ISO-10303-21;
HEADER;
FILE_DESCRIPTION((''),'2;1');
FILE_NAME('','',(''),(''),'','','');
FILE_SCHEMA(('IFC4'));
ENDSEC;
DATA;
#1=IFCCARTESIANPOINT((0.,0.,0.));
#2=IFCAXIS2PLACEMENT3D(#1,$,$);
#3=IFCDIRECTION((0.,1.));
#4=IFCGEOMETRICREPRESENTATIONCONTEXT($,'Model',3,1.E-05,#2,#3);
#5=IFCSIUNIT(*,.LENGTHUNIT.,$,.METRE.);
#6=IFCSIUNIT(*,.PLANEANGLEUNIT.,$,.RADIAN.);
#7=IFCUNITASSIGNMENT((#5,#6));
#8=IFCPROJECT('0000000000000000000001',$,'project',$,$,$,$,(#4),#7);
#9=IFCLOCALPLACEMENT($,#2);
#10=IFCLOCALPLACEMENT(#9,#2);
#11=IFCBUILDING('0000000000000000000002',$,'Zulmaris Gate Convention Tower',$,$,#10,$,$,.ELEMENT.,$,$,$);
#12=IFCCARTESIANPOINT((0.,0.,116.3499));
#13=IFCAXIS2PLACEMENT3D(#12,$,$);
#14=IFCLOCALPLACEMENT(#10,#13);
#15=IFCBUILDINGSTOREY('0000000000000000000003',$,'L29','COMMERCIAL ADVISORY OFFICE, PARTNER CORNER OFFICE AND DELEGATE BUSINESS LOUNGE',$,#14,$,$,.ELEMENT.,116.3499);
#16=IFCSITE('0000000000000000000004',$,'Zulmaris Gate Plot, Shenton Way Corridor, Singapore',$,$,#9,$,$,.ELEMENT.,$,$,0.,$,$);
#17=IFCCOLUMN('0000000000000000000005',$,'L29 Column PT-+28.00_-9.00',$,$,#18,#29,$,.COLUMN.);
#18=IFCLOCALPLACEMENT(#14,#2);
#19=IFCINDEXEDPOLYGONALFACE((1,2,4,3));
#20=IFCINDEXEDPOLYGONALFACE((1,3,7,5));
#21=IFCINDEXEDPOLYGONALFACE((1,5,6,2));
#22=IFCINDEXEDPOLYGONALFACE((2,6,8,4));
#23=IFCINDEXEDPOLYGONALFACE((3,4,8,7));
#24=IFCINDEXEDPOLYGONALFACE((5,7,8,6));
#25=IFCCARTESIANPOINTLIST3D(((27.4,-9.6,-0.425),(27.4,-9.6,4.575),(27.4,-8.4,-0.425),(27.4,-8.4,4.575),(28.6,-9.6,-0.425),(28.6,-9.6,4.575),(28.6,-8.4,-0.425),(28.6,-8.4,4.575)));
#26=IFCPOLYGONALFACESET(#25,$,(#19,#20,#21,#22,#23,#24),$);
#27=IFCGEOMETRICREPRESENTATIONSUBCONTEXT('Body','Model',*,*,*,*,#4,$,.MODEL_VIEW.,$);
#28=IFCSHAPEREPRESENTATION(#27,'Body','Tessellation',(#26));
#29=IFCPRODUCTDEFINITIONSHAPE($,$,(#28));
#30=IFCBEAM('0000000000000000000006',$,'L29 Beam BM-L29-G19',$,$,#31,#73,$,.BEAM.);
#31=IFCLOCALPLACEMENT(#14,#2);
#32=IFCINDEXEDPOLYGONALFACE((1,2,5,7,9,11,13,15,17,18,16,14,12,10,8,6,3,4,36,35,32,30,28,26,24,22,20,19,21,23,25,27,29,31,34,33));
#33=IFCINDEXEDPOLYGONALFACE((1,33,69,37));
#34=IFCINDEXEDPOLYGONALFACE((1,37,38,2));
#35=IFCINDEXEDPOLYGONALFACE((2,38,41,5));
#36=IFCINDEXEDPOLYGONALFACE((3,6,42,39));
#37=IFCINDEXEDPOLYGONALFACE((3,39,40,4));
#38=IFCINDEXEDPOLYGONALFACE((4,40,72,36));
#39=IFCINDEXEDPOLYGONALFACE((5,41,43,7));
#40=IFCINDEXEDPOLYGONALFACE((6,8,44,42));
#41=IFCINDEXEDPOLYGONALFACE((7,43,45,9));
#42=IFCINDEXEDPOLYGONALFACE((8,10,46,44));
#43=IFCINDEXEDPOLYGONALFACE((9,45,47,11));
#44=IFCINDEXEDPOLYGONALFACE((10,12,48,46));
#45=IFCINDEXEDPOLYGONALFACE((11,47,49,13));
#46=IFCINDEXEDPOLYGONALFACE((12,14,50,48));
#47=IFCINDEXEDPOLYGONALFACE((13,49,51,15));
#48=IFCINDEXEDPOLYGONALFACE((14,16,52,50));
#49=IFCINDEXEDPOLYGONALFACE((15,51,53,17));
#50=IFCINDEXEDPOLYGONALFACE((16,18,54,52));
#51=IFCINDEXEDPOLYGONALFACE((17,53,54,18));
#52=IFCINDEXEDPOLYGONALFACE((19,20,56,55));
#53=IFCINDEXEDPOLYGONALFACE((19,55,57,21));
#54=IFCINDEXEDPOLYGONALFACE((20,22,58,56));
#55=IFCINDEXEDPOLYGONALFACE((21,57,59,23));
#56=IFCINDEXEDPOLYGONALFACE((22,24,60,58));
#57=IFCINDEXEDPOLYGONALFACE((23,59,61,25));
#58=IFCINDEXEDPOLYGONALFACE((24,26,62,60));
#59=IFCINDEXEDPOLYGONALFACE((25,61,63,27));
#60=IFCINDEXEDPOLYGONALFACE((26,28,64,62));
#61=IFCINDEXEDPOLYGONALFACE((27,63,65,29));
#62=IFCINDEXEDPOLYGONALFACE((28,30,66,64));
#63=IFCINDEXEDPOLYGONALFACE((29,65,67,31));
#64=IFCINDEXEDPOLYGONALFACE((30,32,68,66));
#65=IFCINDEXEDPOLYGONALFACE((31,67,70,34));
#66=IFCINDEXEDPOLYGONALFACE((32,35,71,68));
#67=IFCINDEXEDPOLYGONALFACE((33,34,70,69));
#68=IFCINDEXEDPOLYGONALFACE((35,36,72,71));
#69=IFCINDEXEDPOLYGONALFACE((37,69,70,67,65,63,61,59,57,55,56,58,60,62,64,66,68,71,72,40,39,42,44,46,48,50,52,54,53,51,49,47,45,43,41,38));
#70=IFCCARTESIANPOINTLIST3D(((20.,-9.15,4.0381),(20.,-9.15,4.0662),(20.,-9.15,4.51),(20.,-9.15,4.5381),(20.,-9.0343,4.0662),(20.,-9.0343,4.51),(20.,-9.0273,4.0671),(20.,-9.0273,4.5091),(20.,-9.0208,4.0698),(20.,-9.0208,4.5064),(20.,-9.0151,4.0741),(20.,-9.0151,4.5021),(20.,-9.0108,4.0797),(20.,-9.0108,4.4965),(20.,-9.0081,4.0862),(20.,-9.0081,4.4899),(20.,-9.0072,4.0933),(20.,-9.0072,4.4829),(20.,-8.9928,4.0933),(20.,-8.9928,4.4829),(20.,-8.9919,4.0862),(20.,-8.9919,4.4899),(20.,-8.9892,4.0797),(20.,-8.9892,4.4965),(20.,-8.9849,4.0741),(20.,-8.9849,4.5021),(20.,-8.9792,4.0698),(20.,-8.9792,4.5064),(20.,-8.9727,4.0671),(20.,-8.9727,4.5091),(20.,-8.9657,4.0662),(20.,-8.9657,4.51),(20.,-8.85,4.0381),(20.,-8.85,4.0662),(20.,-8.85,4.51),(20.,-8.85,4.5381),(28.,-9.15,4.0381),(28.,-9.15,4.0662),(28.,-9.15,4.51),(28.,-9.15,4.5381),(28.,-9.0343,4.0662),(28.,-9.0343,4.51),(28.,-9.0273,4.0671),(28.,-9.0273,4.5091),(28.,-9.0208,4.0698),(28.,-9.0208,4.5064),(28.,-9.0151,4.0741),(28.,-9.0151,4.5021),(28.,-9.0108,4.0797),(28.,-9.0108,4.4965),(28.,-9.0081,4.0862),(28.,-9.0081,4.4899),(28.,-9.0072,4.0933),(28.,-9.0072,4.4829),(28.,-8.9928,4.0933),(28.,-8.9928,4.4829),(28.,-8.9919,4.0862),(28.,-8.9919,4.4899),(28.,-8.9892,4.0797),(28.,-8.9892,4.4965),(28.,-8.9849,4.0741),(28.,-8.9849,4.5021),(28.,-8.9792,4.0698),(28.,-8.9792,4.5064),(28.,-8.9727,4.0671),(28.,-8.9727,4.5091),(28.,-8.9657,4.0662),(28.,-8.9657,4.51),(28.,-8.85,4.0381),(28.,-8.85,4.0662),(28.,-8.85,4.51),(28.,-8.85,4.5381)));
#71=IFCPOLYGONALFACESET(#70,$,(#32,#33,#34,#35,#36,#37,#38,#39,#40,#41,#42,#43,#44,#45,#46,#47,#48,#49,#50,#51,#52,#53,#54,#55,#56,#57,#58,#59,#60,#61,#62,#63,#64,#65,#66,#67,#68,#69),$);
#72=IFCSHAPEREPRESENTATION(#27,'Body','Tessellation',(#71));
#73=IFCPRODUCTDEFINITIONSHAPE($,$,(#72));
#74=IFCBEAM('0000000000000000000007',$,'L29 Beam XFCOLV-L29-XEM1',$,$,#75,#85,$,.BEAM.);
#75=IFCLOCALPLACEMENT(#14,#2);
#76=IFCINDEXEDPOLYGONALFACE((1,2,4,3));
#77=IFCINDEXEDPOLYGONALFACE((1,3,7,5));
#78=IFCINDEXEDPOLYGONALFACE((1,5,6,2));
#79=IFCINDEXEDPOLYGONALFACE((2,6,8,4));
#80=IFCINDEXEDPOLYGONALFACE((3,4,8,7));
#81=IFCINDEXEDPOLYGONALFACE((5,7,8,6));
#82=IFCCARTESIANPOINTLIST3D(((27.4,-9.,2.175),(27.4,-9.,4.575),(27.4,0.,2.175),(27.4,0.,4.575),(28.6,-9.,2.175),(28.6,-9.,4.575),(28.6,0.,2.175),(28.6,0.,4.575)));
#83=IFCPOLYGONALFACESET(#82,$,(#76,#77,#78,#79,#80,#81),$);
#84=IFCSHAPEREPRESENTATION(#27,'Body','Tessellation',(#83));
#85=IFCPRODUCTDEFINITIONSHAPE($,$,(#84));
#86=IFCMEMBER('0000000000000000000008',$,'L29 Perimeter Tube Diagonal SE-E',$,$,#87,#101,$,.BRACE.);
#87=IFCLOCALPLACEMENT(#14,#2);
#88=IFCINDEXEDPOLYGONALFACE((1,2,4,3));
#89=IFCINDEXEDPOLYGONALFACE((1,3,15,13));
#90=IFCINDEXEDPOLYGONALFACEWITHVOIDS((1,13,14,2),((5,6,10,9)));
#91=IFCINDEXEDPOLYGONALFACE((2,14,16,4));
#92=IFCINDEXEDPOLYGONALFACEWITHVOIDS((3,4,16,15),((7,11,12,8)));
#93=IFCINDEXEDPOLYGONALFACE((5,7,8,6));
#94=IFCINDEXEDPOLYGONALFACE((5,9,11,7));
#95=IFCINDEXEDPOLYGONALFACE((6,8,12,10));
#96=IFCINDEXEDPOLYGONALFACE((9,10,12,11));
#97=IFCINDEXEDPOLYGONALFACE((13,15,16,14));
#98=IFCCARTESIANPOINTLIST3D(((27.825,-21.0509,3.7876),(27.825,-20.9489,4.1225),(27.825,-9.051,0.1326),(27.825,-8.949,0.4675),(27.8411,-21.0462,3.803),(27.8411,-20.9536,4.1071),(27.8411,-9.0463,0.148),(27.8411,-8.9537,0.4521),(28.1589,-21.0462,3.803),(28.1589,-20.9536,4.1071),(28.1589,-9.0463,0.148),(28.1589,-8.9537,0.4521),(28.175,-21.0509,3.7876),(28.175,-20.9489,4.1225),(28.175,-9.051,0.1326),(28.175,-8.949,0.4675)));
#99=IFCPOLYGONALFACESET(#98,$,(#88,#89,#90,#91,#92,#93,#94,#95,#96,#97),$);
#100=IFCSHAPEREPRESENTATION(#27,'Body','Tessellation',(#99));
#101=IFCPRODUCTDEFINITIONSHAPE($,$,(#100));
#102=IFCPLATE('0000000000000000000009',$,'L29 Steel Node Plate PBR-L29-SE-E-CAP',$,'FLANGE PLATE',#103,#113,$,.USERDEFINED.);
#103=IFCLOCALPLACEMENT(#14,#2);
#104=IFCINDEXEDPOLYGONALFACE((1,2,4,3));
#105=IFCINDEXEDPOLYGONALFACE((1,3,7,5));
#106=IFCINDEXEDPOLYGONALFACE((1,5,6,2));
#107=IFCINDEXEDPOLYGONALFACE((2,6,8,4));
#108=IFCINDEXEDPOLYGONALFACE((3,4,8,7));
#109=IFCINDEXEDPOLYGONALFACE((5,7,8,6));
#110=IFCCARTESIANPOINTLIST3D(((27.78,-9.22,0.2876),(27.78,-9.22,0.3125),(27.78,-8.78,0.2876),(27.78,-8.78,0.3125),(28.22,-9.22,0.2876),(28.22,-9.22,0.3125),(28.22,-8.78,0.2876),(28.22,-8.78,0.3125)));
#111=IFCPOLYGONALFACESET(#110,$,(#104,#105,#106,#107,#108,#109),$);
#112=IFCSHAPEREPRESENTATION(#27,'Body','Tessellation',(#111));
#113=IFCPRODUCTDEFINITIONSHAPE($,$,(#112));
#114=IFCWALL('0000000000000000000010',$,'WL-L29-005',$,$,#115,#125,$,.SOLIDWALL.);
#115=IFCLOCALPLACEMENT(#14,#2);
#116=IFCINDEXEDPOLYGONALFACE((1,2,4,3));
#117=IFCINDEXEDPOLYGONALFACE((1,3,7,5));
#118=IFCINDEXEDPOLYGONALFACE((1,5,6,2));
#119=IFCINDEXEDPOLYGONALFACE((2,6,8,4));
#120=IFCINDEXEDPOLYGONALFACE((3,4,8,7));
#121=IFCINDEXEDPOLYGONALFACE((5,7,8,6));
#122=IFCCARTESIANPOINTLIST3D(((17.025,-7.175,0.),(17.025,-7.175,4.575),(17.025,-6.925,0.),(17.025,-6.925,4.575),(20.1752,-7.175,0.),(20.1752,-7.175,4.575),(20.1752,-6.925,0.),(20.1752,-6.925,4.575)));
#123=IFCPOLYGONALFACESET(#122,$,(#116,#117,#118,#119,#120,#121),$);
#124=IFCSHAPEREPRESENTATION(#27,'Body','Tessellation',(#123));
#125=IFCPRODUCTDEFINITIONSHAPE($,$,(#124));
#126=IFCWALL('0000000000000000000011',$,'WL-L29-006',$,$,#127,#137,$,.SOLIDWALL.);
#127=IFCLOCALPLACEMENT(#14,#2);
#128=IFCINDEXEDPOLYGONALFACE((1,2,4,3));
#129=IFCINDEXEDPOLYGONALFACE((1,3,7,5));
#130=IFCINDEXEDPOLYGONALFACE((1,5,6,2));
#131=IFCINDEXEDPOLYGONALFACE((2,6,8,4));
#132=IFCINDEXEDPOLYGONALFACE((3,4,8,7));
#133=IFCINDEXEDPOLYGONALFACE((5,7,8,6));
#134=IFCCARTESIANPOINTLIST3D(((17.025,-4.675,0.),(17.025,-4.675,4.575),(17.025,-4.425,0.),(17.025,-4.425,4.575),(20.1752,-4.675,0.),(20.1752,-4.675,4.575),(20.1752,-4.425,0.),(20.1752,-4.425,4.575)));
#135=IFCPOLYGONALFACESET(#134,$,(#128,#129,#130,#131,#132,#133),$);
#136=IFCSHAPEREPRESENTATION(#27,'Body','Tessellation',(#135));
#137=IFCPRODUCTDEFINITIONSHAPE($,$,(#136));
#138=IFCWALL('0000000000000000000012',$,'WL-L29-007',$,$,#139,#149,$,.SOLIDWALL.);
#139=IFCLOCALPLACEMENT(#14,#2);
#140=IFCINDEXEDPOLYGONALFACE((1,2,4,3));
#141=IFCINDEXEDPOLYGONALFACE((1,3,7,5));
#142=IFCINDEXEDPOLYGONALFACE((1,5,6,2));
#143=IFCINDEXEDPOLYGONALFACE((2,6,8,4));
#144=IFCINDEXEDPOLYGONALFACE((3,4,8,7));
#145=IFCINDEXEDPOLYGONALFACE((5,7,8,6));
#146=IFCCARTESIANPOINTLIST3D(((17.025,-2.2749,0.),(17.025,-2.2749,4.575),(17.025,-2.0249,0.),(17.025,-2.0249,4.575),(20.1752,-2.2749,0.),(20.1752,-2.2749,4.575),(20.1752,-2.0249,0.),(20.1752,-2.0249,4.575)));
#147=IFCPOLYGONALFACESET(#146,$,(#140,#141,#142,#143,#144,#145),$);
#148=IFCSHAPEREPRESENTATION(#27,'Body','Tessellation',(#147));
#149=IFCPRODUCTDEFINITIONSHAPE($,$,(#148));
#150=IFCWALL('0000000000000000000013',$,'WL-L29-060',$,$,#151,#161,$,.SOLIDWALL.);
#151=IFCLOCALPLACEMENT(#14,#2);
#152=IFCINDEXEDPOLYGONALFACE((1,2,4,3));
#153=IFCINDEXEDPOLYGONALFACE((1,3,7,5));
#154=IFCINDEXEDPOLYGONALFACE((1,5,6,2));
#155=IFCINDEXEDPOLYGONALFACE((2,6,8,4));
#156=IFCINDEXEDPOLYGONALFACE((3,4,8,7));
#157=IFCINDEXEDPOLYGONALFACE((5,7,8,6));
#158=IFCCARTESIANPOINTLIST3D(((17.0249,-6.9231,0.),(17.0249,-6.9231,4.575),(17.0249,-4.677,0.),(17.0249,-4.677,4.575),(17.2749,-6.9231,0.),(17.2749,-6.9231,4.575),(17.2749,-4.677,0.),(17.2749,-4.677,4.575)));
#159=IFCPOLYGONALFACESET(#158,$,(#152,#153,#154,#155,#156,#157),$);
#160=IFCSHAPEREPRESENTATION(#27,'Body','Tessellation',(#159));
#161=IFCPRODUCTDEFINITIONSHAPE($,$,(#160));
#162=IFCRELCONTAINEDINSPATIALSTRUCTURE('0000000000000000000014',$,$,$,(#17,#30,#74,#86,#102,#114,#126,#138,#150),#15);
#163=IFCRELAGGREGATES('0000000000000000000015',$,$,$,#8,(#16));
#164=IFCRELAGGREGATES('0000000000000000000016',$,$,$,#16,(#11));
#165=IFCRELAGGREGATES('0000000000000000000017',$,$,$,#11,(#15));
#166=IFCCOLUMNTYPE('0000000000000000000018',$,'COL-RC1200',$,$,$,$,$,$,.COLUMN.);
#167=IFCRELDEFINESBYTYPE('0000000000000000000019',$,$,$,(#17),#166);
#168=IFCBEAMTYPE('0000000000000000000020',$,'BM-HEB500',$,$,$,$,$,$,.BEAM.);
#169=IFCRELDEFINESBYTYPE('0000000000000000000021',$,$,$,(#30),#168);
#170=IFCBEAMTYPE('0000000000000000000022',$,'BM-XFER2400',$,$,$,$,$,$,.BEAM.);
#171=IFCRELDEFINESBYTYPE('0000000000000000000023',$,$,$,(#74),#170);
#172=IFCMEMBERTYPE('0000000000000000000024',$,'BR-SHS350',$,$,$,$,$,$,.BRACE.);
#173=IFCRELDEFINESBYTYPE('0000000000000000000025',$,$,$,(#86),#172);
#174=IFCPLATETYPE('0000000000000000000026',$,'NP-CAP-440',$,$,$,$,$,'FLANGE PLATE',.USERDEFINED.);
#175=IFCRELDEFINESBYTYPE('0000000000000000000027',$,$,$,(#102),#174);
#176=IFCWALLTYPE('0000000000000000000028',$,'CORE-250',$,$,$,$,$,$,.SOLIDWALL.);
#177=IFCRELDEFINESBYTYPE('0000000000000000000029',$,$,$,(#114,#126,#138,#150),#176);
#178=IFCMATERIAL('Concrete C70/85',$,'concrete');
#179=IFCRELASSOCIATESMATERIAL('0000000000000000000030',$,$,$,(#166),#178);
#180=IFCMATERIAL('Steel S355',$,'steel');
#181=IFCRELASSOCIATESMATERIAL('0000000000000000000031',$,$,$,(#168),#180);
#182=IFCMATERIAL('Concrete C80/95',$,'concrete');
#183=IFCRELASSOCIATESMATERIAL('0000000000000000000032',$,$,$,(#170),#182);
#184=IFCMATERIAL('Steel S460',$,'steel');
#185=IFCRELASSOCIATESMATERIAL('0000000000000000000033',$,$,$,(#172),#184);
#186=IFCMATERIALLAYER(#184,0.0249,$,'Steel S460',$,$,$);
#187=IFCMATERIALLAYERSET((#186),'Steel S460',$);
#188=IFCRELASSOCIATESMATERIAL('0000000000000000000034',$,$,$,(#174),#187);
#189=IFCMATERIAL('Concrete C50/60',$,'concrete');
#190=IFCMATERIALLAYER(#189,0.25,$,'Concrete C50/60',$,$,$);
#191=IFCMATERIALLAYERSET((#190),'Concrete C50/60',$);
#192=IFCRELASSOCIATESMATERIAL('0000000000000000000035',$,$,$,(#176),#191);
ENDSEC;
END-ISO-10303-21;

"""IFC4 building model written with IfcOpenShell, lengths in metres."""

from ifc_helpers import new_model, si_unit, direction, frame, frame_2d, origin, origin_2d, place, context, subcontext, project, spatial, rectangle, hollow_rectangle, i_section, extrude, material, layer, layer_set, material_profile, profile_set, type_object, element, save


model = new_model("IFC4")

# Units and contexts
model_context = context("Model", 3, precision=1e-05, world=origin(), true_north=direction((0.0, 1.0)))
body_context = subcontext(model_context, "Body", "Model", "MODEL_VIEW")
ifc_project = project(units=[si_unit("LENGTHUNIT", "METRE"), si_unit("PLANEANGLEUNIT", "RADIAN")], contexts=[model_context])

# Site, building, storey
site_placement = place(None, origin())
site = spatial("IfcSite", under=ifc_project, at=site_placement, Name="Zulmaris Gate Plot, Shenton Way Corridor, Singapore", CompositionType="ELEMENT", RefElevation=0.0)
building_placement = place(site_placement, origin())
building = spatial("IfcBuilding", under=site, at=building_placement, Name="Zulmaris Gate Convention Tower", CompositionType="ELEMENT")
storey_placement = place(building_placement, frame((0.0, 0.0, 116.3499)))
storey = spatial("IfcBuildingStorey", under=building, at=storey_placement, Name="L29", Description="COMMERCIAL ADVISORY OFFICE, PARTNER CORNER OFFICE AND DELEGATE BUSINESS LOUNGE", CompositionType="ELEMENT", Elevation=116.3499)

# Column
ifc_material_1 = material(Name="Concrete C70/85", Category="concrete")
ifc_material_profile_1 = material_profile(ifc_material_1, rectangle(XDim=1.2, YDim=1.2, at=origin_2d()), Name="RC COL 1200x1200")
ifc_profile_set_1 = profile_set([ifc_material_profile_1], Name="Concrete C70/85")
column_type = type_object("IfcColumnType", Name="COL-RC1200", PredefinedType="COLUMN", material=ifc_profile_set_1)
column_placement = place(storey_placement, frame((28.0, -9.0, -0.425), z_axis=(0.0, 0.0, 1.0), x_axis=(1.0, 0.0, 0.0)))
element("IfcColumn", 1, at=column_placement, inside=storey, type_object=column_type, Name="L29 Column PT-+28.00_-9.00", PredefinedType="COLUMN", context=body_context, shape_type="SweptSolid", body=[
    extrude(rectangle(XDim=1.2, YDim=1.2, at=origin_2d()), origin(), (0.0, 0.0, 1.0), 5.0),
])

# Beams
ifc_material_2 = material(Name="Steel S355", Category="steel")
ifc_material_profile_2 = material_profile(ifc_material_2, i_section(OverallWidth=0.3, OverallDepth=0.5, WebThickness=0.0144, FlangeThickness=0.0281, FilletRadius=0.0271, at=origin_2d()), Name="HEB 500")
ifc_profile_set_2 = profile_set([ifc_material_profile_2], Name="Steel S355")
beam_type_1 = type_object("IfcBeamType", Name="BM-HEB500", PredefinedType="BEAM", material=ifc_profile_set_2)
beam_1_placement = place(storey_placement, frame((20.0, -9.0, 4.2881), z_axis=(1.0, 0.0, 0.0), x_axis=(0.0, 1.0, 0.0)))
element("IfcBeam", 2, at=beam_1_placement, inside=storey, type_object=beam_type_1, Name="L29 Beam BM-L29-G19", PredefinedType="BEAM", context=body_context, shape_type="SweptSolid", body=[
    extrude(i_section(OverallWidth=0.3, OverallDepth=0.5, WebThickness=0.0144, FlangeThickness=0.0281, FilletRadius=0.0271, at=origin_2d()), origin(), (0.0, 0.0, 1.0), 8.0),
])
ifc_material_3 = material(Name="Concrete C80/95", Category="concrete")
ifc_material_profile_3 = material_profile(ifc_material_3, rectangle(XDim=1.2, YDim=2.3999, at=origin_2d()), Name="RC TRANSFER 1200x2400")
ifc_profile_set_3 = profile_set([ifc_material_profile_3], Name="Concrete C80/95")
beam_type_2 = type_object("IfcBeamType", Name="BM-XFER2400", PredefinedType="BEAM", material=ifc_profile_set_3)
beam_2_placement = place(storey_placement, frame((28.0, -9.0, 3.375), z_axis=(0.0, 1.0, 0.0), x_axis=(-1.0, 0.0, 0.0)))
element("IfcBeam", 3, at=beam_2_placement, inside=storey, type_object=beam_type_2, Name="L29 Beam XFCOLV-L29-XEM1", PredefinedType="BEAM", context=body_context, shape_type="SweptSolid", body=[
    extrude(rectangle(XDim=1.2, YDim=2.3999, at=origin_2d()), origin(), (0.0, 0.0, 1.0), 9.0),
])

# Member
ifc_material_4 = material(Name="Steel S460", Category="steel")
ifc_material_profile_4 = material_profile(ifc_material_4, hollow_rectangle(XDim=0.3501, YDim=0.3501, WallThickness=0.0161, at=origin_2d()), Name="SHS 350x350x16")
ifc_profile_set_4 = profile_set([ifc_material_profile_4], Name="Steel S460")
member_type = type_object("IfcMemberType", Name="BR-SHS350", PredefinedType="BRACE", material=ifc_profile_set_4)
member_placement = place(storey_placement, frame((28.0, -9.0, 0.3), z_axis=(0.0, -0.95661, 0.29137), x_axis=(1.0, 0.0, 0.0)))
element("IfcMember", 4, at=member_placement, inside=storey, type_object=member_type, Name="L29 Perimeter Tube Diagonal SE-E", PredefinedType="BRACE", context=body_context, shape_type="SweptSolid", body=[
    extrude(hollow_rectangle(XDim=0.3501, YDim=0.3501, WallThickness=0.0161, at=origin_2d()), origin(), (0.0, 0.0, 1.0), 12.5442),
])

# Plate
ifc_layer_1 = layer(ifc_material_4, 0.0249, Name="Steel S460")
ifc_layer_set_1 = layer_set([ifc_layer_1], Name="Steel S460")
plate_type = type_object("IfcPlateType", Name="NP-CAP-440", ElementType="FLANGE PLATE", PredefinedType="USERDEFINED", material=ifc_layer_set_1)
plate_placement = place(storey_placement, frame((28.0, -9.0, 0.2876), z_axis=(0.0, 0.0, 1.0), x_axis=(1.0, 0.0, 0.0)))
element("IfcPlate", 5, at=plate_placement, inside=storey, type_object=plate_type, Name="L29 Steel Node Plate PBR-L29-SE-E-CAP", ObjectType="FLANGE PLATE", PredefinedType="USERDEFINED", context=body_context, shape_type="SweptSolid", body=[
    extrude(rectangle(XDim=0.4399, YDim=0.4399, at=origin_2d()), origin(), (0.0, 0.0, 1.0), 0.0249),
])

# Walls
ifc_material_5 = material(Name="Concrete C50/60", Category="concrete")
ifc_layer_2 = layer(ifc_material_5, 0.25, Name="Concrete C50/60")
ifc_layer_set_2 = layer_set([ifc_layer_2], Name="Concrete C50/60")
wall_type_1 = type_object("IfcWallType", Name="CORE-250", PredefinedType="SOLIDWALL", material=ifc_layer_set_2)
for number, where, z_axis, x_axis, name in (
    (6, (17.0249, -7.05, 0.0), (0.0, 0.0, 1.0), (1.0, 0.0, 0.0), "WL-L29-005"),
    (7, (17.0249, -4.55, 0.0), (0.0, 0.0, 1.0), (1.0, 0.0, 0.0), "WL-L29-006"),
    (8, (17.0249, -2.1499, 0.0), (0.0, 0.0, 1.0), (1.0, 0.0, 0.0), "WL-L29-007"),
):
    element("IfcWall", number, at=place(storey_placement, frame(where, z_axis=z_axis, x_axis=x_axis)), inside=storey, type_object=wall_type_1, Name=name, PredefinedType="SOLIDWALL", context=body_context, shape_type="SweptSolid", body=[
        extrude(rectangle(XDim=3.1501, YDim=0.25, at=frame_2d((1.5752, 0.0))), origin(), (0.0, 0.0, 1.0), 4.575),
    ])
wall_1_placement = place(storey_placement, frame((17.1499, -6.9231, 0.0), z_axis=(0.0, 0.0, 1.0), x_axis=(0.0, 1.0, 0.0)))
element("IfcWall", 9, at=wall_1_placement, inside=storey, type_object=wall_type_1, Name="WL-L29-060", PredefinedType="SOLIDWALL", context=body_context, shape_type="SweptSolid", body=[
    extrude(rectangle(XDim=2.2461, YDim=0.25, at=frame_2d((1.123, 0.0))), origin(), (0.0, 0.0, 1.0), 4.575),
])

save(model, "model.ifc")
